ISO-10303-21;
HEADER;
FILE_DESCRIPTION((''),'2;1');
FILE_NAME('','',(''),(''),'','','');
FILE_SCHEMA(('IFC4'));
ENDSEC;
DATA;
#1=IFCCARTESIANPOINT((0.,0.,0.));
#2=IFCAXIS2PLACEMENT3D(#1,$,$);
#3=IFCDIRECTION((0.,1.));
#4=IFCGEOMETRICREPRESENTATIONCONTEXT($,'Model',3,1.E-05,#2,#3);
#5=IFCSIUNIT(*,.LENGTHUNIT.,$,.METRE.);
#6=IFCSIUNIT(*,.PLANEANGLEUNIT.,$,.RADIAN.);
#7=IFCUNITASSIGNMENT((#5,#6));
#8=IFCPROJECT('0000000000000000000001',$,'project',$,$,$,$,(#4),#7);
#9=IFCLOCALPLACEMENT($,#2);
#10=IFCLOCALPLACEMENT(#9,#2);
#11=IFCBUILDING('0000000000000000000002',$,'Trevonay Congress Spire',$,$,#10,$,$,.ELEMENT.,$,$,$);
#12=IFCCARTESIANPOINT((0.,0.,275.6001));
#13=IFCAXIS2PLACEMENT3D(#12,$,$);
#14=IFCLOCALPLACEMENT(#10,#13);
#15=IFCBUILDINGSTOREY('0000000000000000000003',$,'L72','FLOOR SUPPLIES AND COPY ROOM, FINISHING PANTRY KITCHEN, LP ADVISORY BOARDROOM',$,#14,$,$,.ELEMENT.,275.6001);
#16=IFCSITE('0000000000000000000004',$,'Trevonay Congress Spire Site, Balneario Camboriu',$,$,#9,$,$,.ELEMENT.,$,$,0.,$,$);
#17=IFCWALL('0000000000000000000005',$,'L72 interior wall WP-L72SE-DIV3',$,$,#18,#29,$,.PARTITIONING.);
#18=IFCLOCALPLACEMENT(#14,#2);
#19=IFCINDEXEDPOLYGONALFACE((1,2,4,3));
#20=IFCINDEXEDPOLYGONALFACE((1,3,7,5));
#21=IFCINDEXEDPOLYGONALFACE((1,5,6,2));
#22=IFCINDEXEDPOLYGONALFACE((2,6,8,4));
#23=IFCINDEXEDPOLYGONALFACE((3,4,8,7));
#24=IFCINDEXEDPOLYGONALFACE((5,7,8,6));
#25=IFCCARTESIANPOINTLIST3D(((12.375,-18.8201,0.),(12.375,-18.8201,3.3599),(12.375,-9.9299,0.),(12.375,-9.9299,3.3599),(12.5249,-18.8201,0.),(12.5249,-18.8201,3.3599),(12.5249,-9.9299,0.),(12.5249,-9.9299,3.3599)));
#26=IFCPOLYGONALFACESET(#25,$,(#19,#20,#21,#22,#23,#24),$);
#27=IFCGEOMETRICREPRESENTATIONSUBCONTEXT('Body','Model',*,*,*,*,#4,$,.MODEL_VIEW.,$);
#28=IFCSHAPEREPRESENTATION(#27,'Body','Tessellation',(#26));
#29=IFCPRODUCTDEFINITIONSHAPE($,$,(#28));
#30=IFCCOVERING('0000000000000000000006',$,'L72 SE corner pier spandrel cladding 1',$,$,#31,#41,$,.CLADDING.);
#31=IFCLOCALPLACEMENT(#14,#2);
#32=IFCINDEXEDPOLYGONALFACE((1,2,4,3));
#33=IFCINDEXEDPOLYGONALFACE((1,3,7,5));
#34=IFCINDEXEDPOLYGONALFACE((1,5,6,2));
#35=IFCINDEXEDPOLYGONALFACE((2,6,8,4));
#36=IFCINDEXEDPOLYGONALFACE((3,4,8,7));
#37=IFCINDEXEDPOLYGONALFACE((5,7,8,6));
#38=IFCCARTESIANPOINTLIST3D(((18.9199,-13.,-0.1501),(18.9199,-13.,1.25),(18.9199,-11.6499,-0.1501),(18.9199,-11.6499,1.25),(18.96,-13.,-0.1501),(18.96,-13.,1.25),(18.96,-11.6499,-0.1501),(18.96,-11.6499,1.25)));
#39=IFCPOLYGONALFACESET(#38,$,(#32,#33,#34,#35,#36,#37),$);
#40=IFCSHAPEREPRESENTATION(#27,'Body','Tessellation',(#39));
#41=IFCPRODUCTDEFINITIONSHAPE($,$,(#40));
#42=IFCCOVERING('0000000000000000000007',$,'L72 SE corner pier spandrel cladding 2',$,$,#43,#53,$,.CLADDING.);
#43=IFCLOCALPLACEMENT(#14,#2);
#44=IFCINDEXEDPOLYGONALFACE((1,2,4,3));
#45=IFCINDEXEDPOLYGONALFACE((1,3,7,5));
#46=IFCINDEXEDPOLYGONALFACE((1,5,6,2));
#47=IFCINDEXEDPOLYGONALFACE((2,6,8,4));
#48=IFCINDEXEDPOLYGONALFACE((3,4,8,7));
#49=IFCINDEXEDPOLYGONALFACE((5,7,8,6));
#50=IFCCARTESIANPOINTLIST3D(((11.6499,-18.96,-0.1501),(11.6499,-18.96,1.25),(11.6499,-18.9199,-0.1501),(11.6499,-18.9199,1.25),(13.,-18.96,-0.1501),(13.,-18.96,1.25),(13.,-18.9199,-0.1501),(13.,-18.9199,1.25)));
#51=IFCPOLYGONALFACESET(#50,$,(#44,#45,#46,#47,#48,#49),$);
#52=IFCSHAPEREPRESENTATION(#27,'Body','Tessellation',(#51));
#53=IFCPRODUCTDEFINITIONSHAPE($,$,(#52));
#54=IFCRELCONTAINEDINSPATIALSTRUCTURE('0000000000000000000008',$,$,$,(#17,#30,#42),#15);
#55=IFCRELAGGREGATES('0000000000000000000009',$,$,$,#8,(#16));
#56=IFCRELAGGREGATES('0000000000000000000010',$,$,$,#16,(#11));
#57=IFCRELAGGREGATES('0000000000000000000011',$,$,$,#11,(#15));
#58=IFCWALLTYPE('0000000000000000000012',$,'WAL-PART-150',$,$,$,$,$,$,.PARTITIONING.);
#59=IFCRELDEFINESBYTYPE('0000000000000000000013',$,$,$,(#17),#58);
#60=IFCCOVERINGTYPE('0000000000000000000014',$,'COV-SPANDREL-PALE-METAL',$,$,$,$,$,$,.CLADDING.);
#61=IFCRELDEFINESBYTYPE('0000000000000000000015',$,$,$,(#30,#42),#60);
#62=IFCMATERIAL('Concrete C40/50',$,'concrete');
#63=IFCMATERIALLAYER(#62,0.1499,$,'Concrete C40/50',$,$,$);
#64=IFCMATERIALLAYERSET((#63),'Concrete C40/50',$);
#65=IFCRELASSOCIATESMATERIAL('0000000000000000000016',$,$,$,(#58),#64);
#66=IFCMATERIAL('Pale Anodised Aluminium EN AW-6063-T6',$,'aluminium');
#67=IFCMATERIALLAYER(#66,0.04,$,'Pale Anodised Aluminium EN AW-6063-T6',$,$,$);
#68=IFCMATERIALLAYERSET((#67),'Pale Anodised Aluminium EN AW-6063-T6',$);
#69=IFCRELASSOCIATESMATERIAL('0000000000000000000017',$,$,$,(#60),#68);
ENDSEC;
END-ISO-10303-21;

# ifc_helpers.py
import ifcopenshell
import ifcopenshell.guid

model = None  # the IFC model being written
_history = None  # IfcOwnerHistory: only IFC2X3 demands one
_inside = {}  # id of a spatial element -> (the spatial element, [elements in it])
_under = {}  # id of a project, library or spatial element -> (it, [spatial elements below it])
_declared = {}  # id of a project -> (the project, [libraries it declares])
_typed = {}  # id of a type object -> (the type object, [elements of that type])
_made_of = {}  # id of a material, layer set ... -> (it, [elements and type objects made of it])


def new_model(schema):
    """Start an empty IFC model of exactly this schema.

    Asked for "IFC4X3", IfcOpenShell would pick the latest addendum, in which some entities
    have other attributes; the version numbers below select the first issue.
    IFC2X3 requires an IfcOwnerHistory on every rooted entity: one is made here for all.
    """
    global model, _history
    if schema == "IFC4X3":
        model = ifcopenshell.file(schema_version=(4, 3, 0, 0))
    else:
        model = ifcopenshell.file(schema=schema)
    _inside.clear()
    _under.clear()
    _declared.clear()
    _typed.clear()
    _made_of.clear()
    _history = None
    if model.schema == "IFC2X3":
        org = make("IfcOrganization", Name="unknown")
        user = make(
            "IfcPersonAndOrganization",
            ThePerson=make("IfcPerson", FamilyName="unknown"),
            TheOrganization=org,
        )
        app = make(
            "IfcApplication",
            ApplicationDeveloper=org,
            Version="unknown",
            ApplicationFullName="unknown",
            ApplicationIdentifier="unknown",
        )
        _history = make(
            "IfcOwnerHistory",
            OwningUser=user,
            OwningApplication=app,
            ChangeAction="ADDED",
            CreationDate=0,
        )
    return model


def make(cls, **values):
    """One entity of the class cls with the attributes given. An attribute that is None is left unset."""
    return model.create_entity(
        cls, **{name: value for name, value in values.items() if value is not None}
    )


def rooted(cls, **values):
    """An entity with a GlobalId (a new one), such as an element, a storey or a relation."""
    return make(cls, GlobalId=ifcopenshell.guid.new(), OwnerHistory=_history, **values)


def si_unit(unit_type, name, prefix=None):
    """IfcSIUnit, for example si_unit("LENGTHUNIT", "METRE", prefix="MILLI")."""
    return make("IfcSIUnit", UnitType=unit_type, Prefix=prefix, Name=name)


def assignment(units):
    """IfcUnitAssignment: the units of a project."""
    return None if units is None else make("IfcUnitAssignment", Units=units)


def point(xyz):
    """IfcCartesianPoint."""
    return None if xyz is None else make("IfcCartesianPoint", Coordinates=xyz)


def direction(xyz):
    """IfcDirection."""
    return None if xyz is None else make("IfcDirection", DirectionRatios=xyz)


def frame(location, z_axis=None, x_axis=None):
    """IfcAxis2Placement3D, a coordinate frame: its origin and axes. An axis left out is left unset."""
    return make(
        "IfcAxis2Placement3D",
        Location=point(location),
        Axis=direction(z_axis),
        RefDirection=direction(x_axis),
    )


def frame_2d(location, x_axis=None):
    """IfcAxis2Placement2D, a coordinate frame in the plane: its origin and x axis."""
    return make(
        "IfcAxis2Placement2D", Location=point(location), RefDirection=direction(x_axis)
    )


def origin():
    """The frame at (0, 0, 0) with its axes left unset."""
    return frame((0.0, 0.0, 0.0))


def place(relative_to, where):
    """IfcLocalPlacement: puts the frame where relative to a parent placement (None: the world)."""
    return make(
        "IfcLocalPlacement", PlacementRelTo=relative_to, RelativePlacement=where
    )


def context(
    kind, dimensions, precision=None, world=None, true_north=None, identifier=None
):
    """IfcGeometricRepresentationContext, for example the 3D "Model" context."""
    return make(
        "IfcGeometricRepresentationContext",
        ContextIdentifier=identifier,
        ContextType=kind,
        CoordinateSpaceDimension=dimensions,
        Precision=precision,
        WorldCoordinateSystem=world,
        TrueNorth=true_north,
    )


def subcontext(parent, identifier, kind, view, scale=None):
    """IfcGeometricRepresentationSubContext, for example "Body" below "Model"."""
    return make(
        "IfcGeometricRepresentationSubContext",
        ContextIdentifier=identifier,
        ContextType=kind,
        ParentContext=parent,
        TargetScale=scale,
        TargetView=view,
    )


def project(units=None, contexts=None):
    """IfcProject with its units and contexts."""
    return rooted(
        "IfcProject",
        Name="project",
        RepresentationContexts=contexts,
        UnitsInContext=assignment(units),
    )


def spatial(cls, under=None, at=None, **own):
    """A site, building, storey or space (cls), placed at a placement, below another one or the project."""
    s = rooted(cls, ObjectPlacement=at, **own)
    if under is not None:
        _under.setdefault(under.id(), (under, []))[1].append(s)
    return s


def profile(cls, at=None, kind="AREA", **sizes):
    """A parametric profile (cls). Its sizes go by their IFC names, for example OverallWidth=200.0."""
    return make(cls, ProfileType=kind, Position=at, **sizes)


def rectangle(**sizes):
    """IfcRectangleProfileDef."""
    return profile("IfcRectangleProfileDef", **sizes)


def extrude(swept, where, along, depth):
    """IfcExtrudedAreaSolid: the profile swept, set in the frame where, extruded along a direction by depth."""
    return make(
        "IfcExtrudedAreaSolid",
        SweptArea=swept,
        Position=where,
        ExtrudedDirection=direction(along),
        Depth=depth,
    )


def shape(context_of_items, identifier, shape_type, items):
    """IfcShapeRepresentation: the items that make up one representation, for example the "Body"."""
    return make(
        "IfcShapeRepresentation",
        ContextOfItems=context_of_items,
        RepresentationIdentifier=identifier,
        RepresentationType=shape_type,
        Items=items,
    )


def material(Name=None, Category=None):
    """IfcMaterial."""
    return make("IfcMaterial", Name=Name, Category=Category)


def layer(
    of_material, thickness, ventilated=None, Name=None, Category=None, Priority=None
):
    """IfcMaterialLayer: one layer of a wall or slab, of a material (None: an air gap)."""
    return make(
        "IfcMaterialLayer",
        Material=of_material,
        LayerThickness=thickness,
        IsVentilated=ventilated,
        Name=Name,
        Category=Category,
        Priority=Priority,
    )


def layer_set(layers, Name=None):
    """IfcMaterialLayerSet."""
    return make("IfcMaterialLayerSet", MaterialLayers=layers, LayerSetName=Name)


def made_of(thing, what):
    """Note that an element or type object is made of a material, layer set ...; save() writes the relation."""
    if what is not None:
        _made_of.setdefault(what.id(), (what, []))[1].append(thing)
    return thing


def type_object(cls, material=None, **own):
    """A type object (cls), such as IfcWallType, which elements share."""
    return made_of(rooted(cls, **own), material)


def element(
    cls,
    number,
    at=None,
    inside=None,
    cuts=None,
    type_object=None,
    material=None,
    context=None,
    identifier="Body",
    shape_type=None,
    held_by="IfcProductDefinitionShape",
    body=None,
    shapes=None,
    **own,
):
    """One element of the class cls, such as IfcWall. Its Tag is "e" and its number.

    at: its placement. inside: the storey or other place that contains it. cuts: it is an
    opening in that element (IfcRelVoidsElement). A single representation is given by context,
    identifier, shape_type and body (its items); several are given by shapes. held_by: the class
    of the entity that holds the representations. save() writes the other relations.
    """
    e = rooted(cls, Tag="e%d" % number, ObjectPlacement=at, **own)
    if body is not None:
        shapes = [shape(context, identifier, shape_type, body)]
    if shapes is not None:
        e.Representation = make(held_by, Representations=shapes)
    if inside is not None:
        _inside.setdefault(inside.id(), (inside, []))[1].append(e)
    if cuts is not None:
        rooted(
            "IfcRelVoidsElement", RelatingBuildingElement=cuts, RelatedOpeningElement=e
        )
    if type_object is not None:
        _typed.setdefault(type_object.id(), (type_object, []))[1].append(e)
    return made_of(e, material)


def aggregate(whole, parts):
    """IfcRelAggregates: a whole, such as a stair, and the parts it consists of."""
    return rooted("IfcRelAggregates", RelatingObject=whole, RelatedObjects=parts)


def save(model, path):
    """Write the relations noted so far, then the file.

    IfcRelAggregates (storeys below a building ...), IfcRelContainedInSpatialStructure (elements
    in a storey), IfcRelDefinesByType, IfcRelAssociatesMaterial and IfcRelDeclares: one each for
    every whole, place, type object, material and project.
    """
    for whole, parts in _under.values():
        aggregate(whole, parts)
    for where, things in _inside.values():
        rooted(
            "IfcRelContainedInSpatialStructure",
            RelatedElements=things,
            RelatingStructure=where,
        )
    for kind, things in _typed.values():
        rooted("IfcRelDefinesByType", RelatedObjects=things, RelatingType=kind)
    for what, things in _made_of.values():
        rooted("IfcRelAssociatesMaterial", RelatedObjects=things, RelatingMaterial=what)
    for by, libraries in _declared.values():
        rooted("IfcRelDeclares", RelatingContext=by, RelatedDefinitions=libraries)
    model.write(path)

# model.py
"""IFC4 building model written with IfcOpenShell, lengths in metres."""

from ifc_helpers import new_model, si_unit, direction, frame, frame_2d, origin, place, context, subcontext, project, spatial, rectangle, extrude, material, layer, layer_set, type_object, element, save


model = new_model("IFC4")

# Units and contexts
model_context = context("Model", 3, precision=1e-05, world=origin(), true_north=direction((0.0, 1.0)))
body_context = subcontext(model_context, "Body", "Model", "MODEL_VIEW")
ifc_project = project(units=[si_unit("LENGTHUNIT", "METRE"), si_unit("PLANEANGLEUNIT", "RADIAN")], contexts=[model_context])

# Site, building, storey
site_placement = place(None, origin())
site = spatial("IfcSite", under=ifc_project, at=site_placement, Name="Trevonay Congress Spire Site, Balneario Camboriu", CompositionType="ELEMENT", RefElevation=0.0)
building_placement = place(site_placement, origin())
building = spatial("IfcBuilding", under=site, at=building_placement, Name="Trevonay Congress Spire", CompositionType="ELEMENT")
storey_placement = place(building_placement, frame((0.0, 0.0, 275.6001)))
storey = spatial("IfcBuildingStorey", under=building, at=storey_placement, Name="L72", Description="FLOOR SUPPLIES AND COPY ROOM, FINISHING PANTRY KITCHEN, LP ADVISORY BOARDROOM", CompositionType="ELEMENT", Elevation=275.6001)

# Shared definitions
ifc_material_1 = material(Name="Pale Anodised Aluminium EN AW-6063-T6", Category="aluminium")

# Wall
ifc_material_2 = material(Name="Concrete C40/50", Category="concrete")
ifc_layer_1 = layer(ifc_material_2, 0.1499, Name="Concrete C40/50")
ifc_layer_set_1 = layer_set([ifc_layer_1], Name="Concrete C40/50")
wall_type_1 = type_object("IfcWallType", Name="WAL-PART-150", PredefinedType="PARTITIONING", material=ifc_layer_set_1)
wall_1_placement = place(storey_placement, frame((12.45, -18.8201, 0.0), z_axis=(0.0, 0.0, 1.0), x_axis=(0.0, 1.0, 0.0)))
element("IfcWall", 1, at=wall_1_placement, inside=storey, type_object=wall_type_1, Name="L72 interior wall WP-L72SE-DIV3", PredefinedType="PARTITIONING", context=body_context, shape_type="SweptSolid", body=[
    extrude(rectangle(XDim=8.8901, YDim=0.1499, at=frame_2d((4.4451, 0.0))), origin(), (0.0, 0.0, 1.0), 3.3599),
])

# Coverings
ifc_layer_2 = layer(ifc_material_1, 0.04, Name="Pale Anodised Aluminium EN AW-6063-T6")
ifc_layer_set_2 = layer_set([ifc_layer_2], Name="Pale Anodised Aluminium EN AW-6063-T6")
covering_type = type_object("IfcCoveringType", Name="COV-SPANDREL-PALE-METAL", PredefinedType="CLADDING", material=ifc_layer_set_2)
for number, where, z_axis, x_axis, name in (
    (2, (18.9399, -11.6499, -0.1501), (0.0, 0.0, 1.0), (0.0, -1.0, 0.0), "L72 SE corner pier spandrel cladding 1"),
    (3, (11.6499, -18.9399, -0.1501), (0.0, 0.0, 1.0), (1.0, 0.0, 0.0), "L72 SE corner pier spandrel cladding 2"),
):
    element("IfcCovering", number, at=place(storey_placement, frame(where, z_axis=z_axis, x_axis=x_axis)), inside=storey, type_object=covering_type, Name=name, PredefinedType="CLADDING", context=body_context, shape_type="SweptSolid", body=[
        extrude(rectangle(XDim=1.3501, YDim=0.04, at=frame_2d((0.675, 0.0))), origin(), (0.0, 0.0, 1.0), 1.4001),
    ])

save(model, "model.ifc")
